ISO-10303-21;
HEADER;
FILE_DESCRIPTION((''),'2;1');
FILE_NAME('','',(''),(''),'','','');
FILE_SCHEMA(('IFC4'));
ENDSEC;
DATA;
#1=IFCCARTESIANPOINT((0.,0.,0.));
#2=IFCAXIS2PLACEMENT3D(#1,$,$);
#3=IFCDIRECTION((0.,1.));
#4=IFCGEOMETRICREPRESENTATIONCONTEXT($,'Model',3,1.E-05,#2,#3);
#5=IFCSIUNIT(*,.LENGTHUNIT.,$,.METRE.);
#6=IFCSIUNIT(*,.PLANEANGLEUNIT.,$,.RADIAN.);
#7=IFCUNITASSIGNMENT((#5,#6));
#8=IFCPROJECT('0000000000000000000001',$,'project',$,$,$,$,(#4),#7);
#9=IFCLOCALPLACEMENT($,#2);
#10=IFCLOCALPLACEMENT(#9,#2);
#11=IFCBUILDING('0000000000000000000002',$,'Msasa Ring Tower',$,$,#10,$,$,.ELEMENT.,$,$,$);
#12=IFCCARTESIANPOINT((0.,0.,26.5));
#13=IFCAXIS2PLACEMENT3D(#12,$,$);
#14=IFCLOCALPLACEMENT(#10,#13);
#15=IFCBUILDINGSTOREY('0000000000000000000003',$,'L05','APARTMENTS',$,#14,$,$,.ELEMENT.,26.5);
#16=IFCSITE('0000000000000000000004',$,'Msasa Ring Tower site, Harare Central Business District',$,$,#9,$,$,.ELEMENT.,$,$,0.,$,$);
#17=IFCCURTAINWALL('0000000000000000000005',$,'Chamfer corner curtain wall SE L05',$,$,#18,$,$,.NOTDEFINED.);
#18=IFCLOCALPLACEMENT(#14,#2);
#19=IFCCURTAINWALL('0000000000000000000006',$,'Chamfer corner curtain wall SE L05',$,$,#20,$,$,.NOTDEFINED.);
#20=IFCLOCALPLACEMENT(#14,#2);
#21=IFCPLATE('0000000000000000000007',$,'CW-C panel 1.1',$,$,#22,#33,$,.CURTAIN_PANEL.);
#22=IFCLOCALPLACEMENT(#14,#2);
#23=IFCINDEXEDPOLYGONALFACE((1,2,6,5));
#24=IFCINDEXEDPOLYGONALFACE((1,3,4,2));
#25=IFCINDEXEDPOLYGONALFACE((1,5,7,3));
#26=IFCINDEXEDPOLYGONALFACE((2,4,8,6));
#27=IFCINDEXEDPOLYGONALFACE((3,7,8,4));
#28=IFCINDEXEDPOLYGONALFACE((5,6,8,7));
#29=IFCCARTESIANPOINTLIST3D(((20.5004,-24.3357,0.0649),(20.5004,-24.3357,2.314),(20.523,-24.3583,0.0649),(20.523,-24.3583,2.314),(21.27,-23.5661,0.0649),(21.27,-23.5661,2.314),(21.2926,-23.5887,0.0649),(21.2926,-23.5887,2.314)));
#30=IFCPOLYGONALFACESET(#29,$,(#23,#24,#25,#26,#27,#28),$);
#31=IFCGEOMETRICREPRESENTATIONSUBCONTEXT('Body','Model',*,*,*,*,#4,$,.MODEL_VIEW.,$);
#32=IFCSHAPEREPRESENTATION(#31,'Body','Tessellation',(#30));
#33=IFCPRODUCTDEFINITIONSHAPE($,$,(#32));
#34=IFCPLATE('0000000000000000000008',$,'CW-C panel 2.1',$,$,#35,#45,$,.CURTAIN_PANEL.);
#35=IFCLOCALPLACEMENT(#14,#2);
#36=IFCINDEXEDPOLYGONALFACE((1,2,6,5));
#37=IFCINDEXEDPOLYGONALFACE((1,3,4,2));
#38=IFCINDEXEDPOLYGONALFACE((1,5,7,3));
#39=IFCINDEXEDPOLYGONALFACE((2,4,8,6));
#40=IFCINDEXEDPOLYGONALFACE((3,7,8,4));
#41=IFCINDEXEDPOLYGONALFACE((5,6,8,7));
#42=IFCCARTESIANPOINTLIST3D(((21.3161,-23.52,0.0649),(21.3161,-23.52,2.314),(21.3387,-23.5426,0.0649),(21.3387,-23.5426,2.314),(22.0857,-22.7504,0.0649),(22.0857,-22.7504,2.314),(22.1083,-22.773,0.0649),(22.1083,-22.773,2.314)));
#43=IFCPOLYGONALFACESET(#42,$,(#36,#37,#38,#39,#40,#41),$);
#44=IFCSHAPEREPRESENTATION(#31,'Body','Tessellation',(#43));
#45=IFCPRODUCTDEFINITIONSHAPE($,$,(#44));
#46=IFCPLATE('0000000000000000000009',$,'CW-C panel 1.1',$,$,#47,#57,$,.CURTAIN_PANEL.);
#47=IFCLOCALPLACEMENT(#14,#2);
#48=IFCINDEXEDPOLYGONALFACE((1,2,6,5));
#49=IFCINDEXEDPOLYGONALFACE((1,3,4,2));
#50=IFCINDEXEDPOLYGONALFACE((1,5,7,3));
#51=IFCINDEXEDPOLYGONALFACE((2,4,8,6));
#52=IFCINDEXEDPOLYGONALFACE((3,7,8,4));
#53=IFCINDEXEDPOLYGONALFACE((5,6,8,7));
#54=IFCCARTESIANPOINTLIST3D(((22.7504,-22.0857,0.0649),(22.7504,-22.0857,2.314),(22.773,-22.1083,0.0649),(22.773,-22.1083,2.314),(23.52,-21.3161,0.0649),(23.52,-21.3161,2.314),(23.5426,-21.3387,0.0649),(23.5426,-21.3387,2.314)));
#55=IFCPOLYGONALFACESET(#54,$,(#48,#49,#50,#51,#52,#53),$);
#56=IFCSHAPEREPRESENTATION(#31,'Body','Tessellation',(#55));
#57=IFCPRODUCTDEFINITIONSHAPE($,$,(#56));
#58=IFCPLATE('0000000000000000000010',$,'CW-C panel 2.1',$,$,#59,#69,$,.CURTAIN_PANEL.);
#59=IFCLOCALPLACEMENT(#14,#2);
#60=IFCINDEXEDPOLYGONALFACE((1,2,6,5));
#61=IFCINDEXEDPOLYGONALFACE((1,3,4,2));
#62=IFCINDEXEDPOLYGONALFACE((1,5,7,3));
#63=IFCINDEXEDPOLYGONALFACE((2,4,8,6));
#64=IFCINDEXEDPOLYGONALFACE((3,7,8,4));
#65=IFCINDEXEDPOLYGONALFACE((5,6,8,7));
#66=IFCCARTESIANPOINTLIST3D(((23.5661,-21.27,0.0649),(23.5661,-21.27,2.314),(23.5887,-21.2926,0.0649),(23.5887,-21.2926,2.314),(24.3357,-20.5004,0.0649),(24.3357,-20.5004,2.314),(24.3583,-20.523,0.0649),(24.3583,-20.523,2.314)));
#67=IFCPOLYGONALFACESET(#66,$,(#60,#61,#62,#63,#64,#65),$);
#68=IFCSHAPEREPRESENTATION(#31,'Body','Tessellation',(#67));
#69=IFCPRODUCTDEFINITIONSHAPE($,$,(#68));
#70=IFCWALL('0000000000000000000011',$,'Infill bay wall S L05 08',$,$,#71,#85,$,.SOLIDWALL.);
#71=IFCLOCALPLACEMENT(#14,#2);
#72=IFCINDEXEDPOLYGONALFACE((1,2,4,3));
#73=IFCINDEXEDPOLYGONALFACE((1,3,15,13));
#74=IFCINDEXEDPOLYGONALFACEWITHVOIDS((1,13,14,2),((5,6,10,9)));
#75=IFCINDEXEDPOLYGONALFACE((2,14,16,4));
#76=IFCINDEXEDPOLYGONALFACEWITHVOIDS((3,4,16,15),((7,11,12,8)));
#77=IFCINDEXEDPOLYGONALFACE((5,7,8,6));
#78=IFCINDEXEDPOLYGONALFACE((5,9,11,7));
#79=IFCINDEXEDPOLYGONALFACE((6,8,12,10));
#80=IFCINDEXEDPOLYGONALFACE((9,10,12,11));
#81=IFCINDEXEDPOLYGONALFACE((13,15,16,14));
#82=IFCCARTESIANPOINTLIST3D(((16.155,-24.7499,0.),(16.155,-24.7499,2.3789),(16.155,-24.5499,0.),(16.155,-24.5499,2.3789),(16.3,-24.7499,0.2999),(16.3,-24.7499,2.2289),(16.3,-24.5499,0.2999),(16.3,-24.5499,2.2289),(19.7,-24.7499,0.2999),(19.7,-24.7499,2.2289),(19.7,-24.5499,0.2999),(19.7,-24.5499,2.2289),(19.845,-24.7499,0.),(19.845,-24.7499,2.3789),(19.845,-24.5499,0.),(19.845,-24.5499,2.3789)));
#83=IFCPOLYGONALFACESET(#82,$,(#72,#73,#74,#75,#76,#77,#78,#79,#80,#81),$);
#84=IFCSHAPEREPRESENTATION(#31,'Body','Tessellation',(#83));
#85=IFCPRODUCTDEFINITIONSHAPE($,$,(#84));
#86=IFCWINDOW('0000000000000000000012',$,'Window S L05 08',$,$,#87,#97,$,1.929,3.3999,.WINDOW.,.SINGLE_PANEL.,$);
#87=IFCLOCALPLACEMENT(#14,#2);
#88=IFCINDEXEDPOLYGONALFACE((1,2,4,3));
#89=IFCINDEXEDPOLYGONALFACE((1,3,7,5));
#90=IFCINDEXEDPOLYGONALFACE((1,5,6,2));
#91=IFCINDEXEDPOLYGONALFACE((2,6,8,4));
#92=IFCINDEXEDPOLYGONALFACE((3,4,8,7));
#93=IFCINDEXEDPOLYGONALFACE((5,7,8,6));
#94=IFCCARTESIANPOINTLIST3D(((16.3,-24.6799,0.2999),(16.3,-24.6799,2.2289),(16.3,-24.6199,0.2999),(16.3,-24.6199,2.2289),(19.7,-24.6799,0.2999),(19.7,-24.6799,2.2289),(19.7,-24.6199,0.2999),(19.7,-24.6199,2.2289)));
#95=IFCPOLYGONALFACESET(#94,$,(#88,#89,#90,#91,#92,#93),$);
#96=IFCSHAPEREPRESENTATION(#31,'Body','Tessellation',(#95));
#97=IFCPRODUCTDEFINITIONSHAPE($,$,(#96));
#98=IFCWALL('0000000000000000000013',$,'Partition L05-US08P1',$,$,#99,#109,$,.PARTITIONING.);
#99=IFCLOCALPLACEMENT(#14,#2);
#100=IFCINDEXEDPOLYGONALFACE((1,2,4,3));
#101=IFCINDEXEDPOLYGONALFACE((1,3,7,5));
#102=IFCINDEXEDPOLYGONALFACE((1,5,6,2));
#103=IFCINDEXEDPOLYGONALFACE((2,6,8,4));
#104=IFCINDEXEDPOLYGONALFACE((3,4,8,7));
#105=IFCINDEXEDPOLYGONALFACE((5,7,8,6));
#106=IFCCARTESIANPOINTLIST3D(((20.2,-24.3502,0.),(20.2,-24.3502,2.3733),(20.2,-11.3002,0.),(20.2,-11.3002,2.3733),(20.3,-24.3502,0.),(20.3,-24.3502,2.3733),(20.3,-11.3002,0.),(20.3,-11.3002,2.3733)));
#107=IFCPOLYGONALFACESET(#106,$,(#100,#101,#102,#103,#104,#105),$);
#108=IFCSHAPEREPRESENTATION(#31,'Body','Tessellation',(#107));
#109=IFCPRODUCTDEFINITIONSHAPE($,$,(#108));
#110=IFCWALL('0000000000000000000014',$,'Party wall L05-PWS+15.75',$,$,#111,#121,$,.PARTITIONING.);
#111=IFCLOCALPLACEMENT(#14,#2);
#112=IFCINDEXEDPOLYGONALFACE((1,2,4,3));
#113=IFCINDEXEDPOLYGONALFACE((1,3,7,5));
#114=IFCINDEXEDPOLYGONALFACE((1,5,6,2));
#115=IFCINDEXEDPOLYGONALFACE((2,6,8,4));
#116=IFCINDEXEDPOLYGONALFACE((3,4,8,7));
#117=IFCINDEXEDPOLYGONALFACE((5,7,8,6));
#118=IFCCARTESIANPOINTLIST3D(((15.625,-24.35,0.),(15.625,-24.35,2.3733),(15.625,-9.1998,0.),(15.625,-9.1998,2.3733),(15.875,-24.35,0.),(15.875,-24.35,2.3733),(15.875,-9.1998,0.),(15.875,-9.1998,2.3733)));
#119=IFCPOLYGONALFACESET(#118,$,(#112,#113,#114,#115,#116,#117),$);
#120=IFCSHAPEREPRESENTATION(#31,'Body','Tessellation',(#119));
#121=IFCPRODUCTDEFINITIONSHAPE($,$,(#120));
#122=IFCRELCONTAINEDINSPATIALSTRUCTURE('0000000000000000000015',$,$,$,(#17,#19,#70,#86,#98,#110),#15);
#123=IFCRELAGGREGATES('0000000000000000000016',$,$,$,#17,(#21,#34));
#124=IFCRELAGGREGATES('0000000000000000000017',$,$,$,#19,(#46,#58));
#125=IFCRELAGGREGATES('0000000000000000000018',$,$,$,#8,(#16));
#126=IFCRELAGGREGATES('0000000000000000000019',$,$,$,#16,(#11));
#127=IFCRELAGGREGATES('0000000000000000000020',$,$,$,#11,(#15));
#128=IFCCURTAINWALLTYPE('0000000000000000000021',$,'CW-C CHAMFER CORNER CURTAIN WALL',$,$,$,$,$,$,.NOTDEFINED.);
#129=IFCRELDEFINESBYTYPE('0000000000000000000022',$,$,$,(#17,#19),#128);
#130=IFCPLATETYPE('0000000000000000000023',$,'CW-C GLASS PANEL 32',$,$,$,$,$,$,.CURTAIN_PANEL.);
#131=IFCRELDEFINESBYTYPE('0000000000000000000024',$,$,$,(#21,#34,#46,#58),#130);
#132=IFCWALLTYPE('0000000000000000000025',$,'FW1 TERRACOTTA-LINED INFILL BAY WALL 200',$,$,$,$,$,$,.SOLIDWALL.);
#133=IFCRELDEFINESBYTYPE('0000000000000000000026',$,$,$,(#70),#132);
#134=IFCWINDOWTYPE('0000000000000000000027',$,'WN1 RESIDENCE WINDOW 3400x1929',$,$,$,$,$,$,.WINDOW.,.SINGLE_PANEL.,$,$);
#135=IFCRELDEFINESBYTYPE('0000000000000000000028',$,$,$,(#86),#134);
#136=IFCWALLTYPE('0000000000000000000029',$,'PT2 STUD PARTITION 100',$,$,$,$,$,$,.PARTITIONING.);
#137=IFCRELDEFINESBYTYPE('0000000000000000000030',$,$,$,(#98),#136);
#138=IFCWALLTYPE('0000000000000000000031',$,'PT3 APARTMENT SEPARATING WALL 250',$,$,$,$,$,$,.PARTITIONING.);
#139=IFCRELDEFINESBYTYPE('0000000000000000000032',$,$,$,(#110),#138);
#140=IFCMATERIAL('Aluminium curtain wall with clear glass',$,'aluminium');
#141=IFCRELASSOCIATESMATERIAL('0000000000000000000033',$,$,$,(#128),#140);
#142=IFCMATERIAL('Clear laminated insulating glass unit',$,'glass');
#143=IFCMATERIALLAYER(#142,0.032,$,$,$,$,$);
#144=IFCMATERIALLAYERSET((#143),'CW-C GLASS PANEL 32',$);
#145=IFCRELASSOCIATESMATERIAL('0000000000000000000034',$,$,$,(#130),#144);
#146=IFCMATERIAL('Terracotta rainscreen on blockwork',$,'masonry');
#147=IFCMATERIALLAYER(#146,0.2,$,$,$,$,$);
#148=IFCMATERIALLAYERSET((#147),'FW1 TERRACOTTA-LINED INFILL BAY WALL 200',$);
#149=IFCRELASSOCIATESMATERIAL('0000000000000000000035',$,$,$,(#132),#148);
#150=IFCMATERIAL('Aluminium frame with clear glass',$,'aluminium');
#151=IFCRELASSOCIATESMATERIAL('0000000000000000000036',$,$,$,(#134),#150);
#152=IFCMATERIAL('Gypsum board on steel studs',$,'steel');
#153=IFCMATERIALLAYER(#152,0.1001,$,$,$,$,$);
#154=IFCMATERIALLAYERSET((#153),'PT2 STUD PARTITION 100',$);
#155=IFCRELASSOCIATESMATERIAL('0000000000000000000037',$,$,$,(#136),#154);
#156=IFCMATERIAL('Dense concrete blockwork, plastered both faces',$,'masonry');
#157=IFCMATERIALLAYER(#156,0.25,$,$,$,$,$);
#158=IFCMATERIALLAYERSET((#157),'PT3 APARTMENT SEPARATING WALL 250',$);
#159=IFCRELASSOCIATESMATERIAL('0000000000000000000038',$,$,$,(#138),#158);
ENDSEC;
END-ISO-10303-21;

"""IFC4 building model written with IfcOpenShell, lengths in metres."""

from ifc_helpers import new_model, si_unit, direction, frame, frame_2d, origin, origin_2d, place, context, subcontext, project, spatial, rectangle, extrude, material, layer, layer_set, type_object, element, fill, aggregate, save


model = new_model("IFC4")

# Units and contexts
model_context = context("Model", 3, precision=1e-05, world=origin(), true_north=direction((0.0, 1.0)))
body_context = subcontext(model_context, "Body", "Model", "MODEL_VIEW")
ifc_project = project(units=[si_unit("LENGTHUNIT", "METRE"), si_unit("PLANEANGLEUNIT", "RADIAN")], contexts=[model_context])

# Site, building, storey
site_placement = place(None, origin())
site = spatial("IfcSite", under=ifc_project, at=site_placement, Name="Msasa Ring Tower site, Harare Central Business District", CompositionType="ELEMENT", RefElevation=0.0)
building_placement = place(site_placement, origin())
building = spatial("IfcBuilding", under=site, at=building_placement, Name="Msasa Ring Tower", CompositionType="ELEMENT")
storey_placement = place(building_placement, frame((0.0, 0.0, 26.5)))
storey = spatial("IfcBuildingStorey", under=building, at=storey_placement, Name="L05", Description="APARTMENTS", CompositionType="ELEMENT", Elevation=26.5)

# Curtain walls
ifc_material_1 = material(Name="Aluminium curtain wall with clear glass", Category="aluminium")
curtain_wall_type = type_object("IfcCurtainWallType", Name="CW-C CHAMFER CORNER CURTAIN WALL", PredefinedType="NOTDEFINED", material=ifc_material_1)
curtain_wall_1_placement = place(storey_placement, origin())
curtain_wall_1 = element("IfcCurtainWall", 1, at=curtain_wall_1_placement, inside=storey, type_object=curtain_wall_type, Name="Chamfer corner curtain wall SE L05", PredefinedType="NOTDEFINED")
curtain_wall_2_placement = place(storey_placement, origin())
curtain_wall_2 = element("IfcCurtainWall", 2, at=curtain_wall_2_placement, inside=storey, type_object=curtain_wall_type, Name="Chamfer corner curtain wall SE L05", PredefinedType="NOTDEFINED")

# Plates
ifc_material_2 = material(Name="Clear laminated insulating glass unit", Category="glass")
ifc_layer_1 = layer(ifc_material_2, 0.032)
ifc_layer_set_1 = layer_set([ifc_layer_1], Name="CW-C GLASS PANEL 32")
plate_type = type_object("IfcPlateType", Name="CW-C GLASS PANEL 32", PredefinedType="CURTAIN_PANEL", material=ifc_layer_set_1)
plate_1_placement = place(storey_placement, frame((20.8965, -23.9622, 0.0649), z_axis=(0.0, 0.0, 1.0), x_axis=(0.707107, 0.707107, 0.0)))
plate_1 = element("IfcPlate", 3, at=plate_1_placement, type_object=plate_type, Name="CW-C panel 1.1", PredefinedType="CURTAIN_PANEL", context=body_context, shape_type="SweptSolid", body=[
    extrude(rectangle(XDim=1.0884, YDim=0.032, at=origin_2d()), origin(), (0.0, 0.0, 1.0), 2.249),
])
plate_2_placement = place(storey_placement, frame((21.7122, -23.1465, 0.0649), z_axis=(0.0, 0.0, 1.0), x_axis=(0.707107, 0.707107, 0.0)))
plate_2 = element("IfcPlate", 4, at=plate_2_placement, type_object=plate_type, Name="CW-C panel 2.1", PredefinedType="CURTAIN_PANEL", context=body_context, shape_type="SweptSolid", body=[
    extrude(rectangle(XDim=1.0884, YDim=0.032, at=origin_2d()), origin(), (0.0, 0.0, 1.0), 2.249),
])
aggregate(curtain_wall_1, [plate_1, plate_2])
plate_3_placement = place(storey_placement, frame((23.1465, -21.7122, 0.0649), z_axis=(0.0, 0.0, 1.0), x_axis=(0.707107, 0.707107, 0.0)))
plate_3 = element("IfcPlate", 5, at=plate_3_placement, type_object=plate_type, Name="CW-C panel 1.1", PredefinedType="CURTAIN_PANEL", context=body_context, shape_type="SweptSolid", body=[
    extrude(rectangle(XDim=1.0884, YDim=0.032, at=origin_2d()), origin(), (0.0, 0.0, 1.0), 2.249),
])
plate_4_placement = place(storey_placement, frame((23.9622, -20.8965, 0.0649), z_axis=(0.0, 0.0, 1.0), x_axis=(0.707107, 0.707107, 0.0)))
plate_4 = element("IfcPlate", 6, at=plate_4_placement, type_object=plate_type, Name="CW-C panel 2.1", PredefinedType="CURTAIN_PANEL", context=body_context, shape_type="SweptSolid", body=[
    extrude(rectangle(XDim=1.0884, YDim=0.032, at=origin_2d()), origin(), (0.0, 0.0, 1.0), 2.249),
])
aggregate(curtain_wall_2, [plate_3, plate_4])

# Wall, opening, window
ifc_material_3 = material(Name="Terracotta rainscreen on blockwork", Category="masonry")
ifc_layer_2 = layer(ifc_material_3, 0.2)
ifc_layer_set_2 = layer_set([ifc_layer_2], Name="FW1 TERRACOTTA-LINED INFILL BAY WALL 200")
wall_type_1 = type_object("IfcWallType", Name="FW1 TERRACOTTA-LINED INFILL BAY WALL 200", PredefinedType="SOLIDWALL", material=ifc_layer_set_2)
wall_1_placement = place(storey_placement, frame((16.155, -24.6499, 0.0), z_axis=(0.0, 0.0, 1.0), x_axis=(1.0, 0.0, 0.0)))
wall_1 = element("IfcWall", 7, at=wall_1_placement, inside=storey, type_object=wall_type_1, Name="Infill bay wall S L05 08", PredefinedType="SOLIDWALL", context=body_context, shape_type="SweptSolid", body=[
    extrude(rectangle(XDim=3.6899, YDim=0.2, at=frame_2d((1.845, 0.0))), origin(), (0.0, 0.0, 1.0), 2.3789),
])
opening_placement = place(wall_1_placement, frame((0.145, 0.0, 0.3)))
opening = element("IfcOpeningElement", 8, at=opening_placement, cuts=wall_1, PredefinedType="OPENING", context=body_context, shape_type="SweptSolid", body=[
    extrude(rectangle(XDim=3.3999, YDim=1.929, at=frame_2d((1.7, 0.9644))), frame((0.0, 0.1099, 0.0), z_axis=(0.0, -1.0, 0.0), x_axis=(1.0, 0.0, 0.0)), (0.0, 0.0, 1.0), 0.22),
])
ifc_material_4 = material(Name="Aluminium frame with clear glass", Category="aluminium")
window_type = type_object("IfcWindowType", Name="WN1 RESIDENCE WINDOW 3400x1929", PartitioningType="SINGLE_PANEL", PredefinedType="WINDOW", material=ifc_material_4)
window_placement = place(opening_placement, origin())
window = element("IfcWindow", 9, at=window_placement, inside=storey, type_object=window_type, Name="Window S L05 08", OverallHeight=1.929, OverallWidth=3.3999, PartitioningType="SINGLE_PANEL", PredefinedType="WINDOW", context=body_context, shape_type="SweptSolid", body=[
    extrude(rectangle(XDim=3.3999, YDim=1.929, at=frame_2d((1.7, 0.9644))), frame((0.0, 0.03, 0.0), z_axis=(0.0, -1.0, 0.0), x_axis=(1.0, 0.0, 0.0)), (0.0, 0.0, 1.0), 0.0601),
])
fill(opening, window)

# Walls
ifc_material_5 = material(Name="Gypsum board on steel studs", Category="steel")
ifc_layer_3 = layer(ifc_material_5, 0.1001)
ifc_layer_set_3 = layer_set([ifc_layer_3], Name="PT2 STUD PARTITION 100")
wall_type_2 = type_object("IfcWallType", Name="PT2 STUD PARTITION 100", PredefinedType="PARTITIONING", material=ifc_layer_set_3)
wall_2_placement = place(storey_placement, frame((20.25, -24.3501, 0.0), z_axis=(0.0, 0.0, 1.0), x_axis=(0.0, 1.0, 0.0)))
element("IfcWall", 10, at=wall_2_placement, inside=storey, type_object=wall_type_2, Name="Partition L05-US08P1", PredefinedType="PARTITIONING", context=body_context, shape_type="SweptSolid", body=[
    extrude(rectangle(XDim=13.05, YDim=0.1001, at=frame_2d((6.5249, 0.0))), origin(), (0.0, 0.0, 1.0), 2.3733),
])
ifc_material_6 = material(Name="Dense concrete blockwork, plastered both faces", Category="masonry")
ifc_layer_4 = layer(ifc_material_6, 0.25)
ifc_layer_set_4 = layer_set([ifc_layer_4], Name="PT3 APARTMENT SEPARATING WALL 250")
wall_type_3 = type_object("IfcWallType", Name="PT3 APARTMENT SEPARATING WALL 250", PredefinedType="PARTITIONING", material=ifc_layer_set_4)
wall_3_placement = place(storey_placement, frame((15.75, -24.3501, 0.0), z_axis=(0.0, 0.0, 1.0), x_axis=(0.0, 1.0, 0.0)))
element("IfcWall", 11, at=wall_3_placement, inside=storey, type_object=wall_type_3, Name="Party wall L05-PWS+15.75", PredefinedType="PARTITIONING", context=body_context, shape_type="SweptSolid", body=[
    extrude(rectangle(XDim=15.1501, YDim=0.25, at=frame_2d((7.5752, 0.0))), origin(), (0.0, 0.0, 1.0), 2.3733),
])

save(model, "model.ifc")
